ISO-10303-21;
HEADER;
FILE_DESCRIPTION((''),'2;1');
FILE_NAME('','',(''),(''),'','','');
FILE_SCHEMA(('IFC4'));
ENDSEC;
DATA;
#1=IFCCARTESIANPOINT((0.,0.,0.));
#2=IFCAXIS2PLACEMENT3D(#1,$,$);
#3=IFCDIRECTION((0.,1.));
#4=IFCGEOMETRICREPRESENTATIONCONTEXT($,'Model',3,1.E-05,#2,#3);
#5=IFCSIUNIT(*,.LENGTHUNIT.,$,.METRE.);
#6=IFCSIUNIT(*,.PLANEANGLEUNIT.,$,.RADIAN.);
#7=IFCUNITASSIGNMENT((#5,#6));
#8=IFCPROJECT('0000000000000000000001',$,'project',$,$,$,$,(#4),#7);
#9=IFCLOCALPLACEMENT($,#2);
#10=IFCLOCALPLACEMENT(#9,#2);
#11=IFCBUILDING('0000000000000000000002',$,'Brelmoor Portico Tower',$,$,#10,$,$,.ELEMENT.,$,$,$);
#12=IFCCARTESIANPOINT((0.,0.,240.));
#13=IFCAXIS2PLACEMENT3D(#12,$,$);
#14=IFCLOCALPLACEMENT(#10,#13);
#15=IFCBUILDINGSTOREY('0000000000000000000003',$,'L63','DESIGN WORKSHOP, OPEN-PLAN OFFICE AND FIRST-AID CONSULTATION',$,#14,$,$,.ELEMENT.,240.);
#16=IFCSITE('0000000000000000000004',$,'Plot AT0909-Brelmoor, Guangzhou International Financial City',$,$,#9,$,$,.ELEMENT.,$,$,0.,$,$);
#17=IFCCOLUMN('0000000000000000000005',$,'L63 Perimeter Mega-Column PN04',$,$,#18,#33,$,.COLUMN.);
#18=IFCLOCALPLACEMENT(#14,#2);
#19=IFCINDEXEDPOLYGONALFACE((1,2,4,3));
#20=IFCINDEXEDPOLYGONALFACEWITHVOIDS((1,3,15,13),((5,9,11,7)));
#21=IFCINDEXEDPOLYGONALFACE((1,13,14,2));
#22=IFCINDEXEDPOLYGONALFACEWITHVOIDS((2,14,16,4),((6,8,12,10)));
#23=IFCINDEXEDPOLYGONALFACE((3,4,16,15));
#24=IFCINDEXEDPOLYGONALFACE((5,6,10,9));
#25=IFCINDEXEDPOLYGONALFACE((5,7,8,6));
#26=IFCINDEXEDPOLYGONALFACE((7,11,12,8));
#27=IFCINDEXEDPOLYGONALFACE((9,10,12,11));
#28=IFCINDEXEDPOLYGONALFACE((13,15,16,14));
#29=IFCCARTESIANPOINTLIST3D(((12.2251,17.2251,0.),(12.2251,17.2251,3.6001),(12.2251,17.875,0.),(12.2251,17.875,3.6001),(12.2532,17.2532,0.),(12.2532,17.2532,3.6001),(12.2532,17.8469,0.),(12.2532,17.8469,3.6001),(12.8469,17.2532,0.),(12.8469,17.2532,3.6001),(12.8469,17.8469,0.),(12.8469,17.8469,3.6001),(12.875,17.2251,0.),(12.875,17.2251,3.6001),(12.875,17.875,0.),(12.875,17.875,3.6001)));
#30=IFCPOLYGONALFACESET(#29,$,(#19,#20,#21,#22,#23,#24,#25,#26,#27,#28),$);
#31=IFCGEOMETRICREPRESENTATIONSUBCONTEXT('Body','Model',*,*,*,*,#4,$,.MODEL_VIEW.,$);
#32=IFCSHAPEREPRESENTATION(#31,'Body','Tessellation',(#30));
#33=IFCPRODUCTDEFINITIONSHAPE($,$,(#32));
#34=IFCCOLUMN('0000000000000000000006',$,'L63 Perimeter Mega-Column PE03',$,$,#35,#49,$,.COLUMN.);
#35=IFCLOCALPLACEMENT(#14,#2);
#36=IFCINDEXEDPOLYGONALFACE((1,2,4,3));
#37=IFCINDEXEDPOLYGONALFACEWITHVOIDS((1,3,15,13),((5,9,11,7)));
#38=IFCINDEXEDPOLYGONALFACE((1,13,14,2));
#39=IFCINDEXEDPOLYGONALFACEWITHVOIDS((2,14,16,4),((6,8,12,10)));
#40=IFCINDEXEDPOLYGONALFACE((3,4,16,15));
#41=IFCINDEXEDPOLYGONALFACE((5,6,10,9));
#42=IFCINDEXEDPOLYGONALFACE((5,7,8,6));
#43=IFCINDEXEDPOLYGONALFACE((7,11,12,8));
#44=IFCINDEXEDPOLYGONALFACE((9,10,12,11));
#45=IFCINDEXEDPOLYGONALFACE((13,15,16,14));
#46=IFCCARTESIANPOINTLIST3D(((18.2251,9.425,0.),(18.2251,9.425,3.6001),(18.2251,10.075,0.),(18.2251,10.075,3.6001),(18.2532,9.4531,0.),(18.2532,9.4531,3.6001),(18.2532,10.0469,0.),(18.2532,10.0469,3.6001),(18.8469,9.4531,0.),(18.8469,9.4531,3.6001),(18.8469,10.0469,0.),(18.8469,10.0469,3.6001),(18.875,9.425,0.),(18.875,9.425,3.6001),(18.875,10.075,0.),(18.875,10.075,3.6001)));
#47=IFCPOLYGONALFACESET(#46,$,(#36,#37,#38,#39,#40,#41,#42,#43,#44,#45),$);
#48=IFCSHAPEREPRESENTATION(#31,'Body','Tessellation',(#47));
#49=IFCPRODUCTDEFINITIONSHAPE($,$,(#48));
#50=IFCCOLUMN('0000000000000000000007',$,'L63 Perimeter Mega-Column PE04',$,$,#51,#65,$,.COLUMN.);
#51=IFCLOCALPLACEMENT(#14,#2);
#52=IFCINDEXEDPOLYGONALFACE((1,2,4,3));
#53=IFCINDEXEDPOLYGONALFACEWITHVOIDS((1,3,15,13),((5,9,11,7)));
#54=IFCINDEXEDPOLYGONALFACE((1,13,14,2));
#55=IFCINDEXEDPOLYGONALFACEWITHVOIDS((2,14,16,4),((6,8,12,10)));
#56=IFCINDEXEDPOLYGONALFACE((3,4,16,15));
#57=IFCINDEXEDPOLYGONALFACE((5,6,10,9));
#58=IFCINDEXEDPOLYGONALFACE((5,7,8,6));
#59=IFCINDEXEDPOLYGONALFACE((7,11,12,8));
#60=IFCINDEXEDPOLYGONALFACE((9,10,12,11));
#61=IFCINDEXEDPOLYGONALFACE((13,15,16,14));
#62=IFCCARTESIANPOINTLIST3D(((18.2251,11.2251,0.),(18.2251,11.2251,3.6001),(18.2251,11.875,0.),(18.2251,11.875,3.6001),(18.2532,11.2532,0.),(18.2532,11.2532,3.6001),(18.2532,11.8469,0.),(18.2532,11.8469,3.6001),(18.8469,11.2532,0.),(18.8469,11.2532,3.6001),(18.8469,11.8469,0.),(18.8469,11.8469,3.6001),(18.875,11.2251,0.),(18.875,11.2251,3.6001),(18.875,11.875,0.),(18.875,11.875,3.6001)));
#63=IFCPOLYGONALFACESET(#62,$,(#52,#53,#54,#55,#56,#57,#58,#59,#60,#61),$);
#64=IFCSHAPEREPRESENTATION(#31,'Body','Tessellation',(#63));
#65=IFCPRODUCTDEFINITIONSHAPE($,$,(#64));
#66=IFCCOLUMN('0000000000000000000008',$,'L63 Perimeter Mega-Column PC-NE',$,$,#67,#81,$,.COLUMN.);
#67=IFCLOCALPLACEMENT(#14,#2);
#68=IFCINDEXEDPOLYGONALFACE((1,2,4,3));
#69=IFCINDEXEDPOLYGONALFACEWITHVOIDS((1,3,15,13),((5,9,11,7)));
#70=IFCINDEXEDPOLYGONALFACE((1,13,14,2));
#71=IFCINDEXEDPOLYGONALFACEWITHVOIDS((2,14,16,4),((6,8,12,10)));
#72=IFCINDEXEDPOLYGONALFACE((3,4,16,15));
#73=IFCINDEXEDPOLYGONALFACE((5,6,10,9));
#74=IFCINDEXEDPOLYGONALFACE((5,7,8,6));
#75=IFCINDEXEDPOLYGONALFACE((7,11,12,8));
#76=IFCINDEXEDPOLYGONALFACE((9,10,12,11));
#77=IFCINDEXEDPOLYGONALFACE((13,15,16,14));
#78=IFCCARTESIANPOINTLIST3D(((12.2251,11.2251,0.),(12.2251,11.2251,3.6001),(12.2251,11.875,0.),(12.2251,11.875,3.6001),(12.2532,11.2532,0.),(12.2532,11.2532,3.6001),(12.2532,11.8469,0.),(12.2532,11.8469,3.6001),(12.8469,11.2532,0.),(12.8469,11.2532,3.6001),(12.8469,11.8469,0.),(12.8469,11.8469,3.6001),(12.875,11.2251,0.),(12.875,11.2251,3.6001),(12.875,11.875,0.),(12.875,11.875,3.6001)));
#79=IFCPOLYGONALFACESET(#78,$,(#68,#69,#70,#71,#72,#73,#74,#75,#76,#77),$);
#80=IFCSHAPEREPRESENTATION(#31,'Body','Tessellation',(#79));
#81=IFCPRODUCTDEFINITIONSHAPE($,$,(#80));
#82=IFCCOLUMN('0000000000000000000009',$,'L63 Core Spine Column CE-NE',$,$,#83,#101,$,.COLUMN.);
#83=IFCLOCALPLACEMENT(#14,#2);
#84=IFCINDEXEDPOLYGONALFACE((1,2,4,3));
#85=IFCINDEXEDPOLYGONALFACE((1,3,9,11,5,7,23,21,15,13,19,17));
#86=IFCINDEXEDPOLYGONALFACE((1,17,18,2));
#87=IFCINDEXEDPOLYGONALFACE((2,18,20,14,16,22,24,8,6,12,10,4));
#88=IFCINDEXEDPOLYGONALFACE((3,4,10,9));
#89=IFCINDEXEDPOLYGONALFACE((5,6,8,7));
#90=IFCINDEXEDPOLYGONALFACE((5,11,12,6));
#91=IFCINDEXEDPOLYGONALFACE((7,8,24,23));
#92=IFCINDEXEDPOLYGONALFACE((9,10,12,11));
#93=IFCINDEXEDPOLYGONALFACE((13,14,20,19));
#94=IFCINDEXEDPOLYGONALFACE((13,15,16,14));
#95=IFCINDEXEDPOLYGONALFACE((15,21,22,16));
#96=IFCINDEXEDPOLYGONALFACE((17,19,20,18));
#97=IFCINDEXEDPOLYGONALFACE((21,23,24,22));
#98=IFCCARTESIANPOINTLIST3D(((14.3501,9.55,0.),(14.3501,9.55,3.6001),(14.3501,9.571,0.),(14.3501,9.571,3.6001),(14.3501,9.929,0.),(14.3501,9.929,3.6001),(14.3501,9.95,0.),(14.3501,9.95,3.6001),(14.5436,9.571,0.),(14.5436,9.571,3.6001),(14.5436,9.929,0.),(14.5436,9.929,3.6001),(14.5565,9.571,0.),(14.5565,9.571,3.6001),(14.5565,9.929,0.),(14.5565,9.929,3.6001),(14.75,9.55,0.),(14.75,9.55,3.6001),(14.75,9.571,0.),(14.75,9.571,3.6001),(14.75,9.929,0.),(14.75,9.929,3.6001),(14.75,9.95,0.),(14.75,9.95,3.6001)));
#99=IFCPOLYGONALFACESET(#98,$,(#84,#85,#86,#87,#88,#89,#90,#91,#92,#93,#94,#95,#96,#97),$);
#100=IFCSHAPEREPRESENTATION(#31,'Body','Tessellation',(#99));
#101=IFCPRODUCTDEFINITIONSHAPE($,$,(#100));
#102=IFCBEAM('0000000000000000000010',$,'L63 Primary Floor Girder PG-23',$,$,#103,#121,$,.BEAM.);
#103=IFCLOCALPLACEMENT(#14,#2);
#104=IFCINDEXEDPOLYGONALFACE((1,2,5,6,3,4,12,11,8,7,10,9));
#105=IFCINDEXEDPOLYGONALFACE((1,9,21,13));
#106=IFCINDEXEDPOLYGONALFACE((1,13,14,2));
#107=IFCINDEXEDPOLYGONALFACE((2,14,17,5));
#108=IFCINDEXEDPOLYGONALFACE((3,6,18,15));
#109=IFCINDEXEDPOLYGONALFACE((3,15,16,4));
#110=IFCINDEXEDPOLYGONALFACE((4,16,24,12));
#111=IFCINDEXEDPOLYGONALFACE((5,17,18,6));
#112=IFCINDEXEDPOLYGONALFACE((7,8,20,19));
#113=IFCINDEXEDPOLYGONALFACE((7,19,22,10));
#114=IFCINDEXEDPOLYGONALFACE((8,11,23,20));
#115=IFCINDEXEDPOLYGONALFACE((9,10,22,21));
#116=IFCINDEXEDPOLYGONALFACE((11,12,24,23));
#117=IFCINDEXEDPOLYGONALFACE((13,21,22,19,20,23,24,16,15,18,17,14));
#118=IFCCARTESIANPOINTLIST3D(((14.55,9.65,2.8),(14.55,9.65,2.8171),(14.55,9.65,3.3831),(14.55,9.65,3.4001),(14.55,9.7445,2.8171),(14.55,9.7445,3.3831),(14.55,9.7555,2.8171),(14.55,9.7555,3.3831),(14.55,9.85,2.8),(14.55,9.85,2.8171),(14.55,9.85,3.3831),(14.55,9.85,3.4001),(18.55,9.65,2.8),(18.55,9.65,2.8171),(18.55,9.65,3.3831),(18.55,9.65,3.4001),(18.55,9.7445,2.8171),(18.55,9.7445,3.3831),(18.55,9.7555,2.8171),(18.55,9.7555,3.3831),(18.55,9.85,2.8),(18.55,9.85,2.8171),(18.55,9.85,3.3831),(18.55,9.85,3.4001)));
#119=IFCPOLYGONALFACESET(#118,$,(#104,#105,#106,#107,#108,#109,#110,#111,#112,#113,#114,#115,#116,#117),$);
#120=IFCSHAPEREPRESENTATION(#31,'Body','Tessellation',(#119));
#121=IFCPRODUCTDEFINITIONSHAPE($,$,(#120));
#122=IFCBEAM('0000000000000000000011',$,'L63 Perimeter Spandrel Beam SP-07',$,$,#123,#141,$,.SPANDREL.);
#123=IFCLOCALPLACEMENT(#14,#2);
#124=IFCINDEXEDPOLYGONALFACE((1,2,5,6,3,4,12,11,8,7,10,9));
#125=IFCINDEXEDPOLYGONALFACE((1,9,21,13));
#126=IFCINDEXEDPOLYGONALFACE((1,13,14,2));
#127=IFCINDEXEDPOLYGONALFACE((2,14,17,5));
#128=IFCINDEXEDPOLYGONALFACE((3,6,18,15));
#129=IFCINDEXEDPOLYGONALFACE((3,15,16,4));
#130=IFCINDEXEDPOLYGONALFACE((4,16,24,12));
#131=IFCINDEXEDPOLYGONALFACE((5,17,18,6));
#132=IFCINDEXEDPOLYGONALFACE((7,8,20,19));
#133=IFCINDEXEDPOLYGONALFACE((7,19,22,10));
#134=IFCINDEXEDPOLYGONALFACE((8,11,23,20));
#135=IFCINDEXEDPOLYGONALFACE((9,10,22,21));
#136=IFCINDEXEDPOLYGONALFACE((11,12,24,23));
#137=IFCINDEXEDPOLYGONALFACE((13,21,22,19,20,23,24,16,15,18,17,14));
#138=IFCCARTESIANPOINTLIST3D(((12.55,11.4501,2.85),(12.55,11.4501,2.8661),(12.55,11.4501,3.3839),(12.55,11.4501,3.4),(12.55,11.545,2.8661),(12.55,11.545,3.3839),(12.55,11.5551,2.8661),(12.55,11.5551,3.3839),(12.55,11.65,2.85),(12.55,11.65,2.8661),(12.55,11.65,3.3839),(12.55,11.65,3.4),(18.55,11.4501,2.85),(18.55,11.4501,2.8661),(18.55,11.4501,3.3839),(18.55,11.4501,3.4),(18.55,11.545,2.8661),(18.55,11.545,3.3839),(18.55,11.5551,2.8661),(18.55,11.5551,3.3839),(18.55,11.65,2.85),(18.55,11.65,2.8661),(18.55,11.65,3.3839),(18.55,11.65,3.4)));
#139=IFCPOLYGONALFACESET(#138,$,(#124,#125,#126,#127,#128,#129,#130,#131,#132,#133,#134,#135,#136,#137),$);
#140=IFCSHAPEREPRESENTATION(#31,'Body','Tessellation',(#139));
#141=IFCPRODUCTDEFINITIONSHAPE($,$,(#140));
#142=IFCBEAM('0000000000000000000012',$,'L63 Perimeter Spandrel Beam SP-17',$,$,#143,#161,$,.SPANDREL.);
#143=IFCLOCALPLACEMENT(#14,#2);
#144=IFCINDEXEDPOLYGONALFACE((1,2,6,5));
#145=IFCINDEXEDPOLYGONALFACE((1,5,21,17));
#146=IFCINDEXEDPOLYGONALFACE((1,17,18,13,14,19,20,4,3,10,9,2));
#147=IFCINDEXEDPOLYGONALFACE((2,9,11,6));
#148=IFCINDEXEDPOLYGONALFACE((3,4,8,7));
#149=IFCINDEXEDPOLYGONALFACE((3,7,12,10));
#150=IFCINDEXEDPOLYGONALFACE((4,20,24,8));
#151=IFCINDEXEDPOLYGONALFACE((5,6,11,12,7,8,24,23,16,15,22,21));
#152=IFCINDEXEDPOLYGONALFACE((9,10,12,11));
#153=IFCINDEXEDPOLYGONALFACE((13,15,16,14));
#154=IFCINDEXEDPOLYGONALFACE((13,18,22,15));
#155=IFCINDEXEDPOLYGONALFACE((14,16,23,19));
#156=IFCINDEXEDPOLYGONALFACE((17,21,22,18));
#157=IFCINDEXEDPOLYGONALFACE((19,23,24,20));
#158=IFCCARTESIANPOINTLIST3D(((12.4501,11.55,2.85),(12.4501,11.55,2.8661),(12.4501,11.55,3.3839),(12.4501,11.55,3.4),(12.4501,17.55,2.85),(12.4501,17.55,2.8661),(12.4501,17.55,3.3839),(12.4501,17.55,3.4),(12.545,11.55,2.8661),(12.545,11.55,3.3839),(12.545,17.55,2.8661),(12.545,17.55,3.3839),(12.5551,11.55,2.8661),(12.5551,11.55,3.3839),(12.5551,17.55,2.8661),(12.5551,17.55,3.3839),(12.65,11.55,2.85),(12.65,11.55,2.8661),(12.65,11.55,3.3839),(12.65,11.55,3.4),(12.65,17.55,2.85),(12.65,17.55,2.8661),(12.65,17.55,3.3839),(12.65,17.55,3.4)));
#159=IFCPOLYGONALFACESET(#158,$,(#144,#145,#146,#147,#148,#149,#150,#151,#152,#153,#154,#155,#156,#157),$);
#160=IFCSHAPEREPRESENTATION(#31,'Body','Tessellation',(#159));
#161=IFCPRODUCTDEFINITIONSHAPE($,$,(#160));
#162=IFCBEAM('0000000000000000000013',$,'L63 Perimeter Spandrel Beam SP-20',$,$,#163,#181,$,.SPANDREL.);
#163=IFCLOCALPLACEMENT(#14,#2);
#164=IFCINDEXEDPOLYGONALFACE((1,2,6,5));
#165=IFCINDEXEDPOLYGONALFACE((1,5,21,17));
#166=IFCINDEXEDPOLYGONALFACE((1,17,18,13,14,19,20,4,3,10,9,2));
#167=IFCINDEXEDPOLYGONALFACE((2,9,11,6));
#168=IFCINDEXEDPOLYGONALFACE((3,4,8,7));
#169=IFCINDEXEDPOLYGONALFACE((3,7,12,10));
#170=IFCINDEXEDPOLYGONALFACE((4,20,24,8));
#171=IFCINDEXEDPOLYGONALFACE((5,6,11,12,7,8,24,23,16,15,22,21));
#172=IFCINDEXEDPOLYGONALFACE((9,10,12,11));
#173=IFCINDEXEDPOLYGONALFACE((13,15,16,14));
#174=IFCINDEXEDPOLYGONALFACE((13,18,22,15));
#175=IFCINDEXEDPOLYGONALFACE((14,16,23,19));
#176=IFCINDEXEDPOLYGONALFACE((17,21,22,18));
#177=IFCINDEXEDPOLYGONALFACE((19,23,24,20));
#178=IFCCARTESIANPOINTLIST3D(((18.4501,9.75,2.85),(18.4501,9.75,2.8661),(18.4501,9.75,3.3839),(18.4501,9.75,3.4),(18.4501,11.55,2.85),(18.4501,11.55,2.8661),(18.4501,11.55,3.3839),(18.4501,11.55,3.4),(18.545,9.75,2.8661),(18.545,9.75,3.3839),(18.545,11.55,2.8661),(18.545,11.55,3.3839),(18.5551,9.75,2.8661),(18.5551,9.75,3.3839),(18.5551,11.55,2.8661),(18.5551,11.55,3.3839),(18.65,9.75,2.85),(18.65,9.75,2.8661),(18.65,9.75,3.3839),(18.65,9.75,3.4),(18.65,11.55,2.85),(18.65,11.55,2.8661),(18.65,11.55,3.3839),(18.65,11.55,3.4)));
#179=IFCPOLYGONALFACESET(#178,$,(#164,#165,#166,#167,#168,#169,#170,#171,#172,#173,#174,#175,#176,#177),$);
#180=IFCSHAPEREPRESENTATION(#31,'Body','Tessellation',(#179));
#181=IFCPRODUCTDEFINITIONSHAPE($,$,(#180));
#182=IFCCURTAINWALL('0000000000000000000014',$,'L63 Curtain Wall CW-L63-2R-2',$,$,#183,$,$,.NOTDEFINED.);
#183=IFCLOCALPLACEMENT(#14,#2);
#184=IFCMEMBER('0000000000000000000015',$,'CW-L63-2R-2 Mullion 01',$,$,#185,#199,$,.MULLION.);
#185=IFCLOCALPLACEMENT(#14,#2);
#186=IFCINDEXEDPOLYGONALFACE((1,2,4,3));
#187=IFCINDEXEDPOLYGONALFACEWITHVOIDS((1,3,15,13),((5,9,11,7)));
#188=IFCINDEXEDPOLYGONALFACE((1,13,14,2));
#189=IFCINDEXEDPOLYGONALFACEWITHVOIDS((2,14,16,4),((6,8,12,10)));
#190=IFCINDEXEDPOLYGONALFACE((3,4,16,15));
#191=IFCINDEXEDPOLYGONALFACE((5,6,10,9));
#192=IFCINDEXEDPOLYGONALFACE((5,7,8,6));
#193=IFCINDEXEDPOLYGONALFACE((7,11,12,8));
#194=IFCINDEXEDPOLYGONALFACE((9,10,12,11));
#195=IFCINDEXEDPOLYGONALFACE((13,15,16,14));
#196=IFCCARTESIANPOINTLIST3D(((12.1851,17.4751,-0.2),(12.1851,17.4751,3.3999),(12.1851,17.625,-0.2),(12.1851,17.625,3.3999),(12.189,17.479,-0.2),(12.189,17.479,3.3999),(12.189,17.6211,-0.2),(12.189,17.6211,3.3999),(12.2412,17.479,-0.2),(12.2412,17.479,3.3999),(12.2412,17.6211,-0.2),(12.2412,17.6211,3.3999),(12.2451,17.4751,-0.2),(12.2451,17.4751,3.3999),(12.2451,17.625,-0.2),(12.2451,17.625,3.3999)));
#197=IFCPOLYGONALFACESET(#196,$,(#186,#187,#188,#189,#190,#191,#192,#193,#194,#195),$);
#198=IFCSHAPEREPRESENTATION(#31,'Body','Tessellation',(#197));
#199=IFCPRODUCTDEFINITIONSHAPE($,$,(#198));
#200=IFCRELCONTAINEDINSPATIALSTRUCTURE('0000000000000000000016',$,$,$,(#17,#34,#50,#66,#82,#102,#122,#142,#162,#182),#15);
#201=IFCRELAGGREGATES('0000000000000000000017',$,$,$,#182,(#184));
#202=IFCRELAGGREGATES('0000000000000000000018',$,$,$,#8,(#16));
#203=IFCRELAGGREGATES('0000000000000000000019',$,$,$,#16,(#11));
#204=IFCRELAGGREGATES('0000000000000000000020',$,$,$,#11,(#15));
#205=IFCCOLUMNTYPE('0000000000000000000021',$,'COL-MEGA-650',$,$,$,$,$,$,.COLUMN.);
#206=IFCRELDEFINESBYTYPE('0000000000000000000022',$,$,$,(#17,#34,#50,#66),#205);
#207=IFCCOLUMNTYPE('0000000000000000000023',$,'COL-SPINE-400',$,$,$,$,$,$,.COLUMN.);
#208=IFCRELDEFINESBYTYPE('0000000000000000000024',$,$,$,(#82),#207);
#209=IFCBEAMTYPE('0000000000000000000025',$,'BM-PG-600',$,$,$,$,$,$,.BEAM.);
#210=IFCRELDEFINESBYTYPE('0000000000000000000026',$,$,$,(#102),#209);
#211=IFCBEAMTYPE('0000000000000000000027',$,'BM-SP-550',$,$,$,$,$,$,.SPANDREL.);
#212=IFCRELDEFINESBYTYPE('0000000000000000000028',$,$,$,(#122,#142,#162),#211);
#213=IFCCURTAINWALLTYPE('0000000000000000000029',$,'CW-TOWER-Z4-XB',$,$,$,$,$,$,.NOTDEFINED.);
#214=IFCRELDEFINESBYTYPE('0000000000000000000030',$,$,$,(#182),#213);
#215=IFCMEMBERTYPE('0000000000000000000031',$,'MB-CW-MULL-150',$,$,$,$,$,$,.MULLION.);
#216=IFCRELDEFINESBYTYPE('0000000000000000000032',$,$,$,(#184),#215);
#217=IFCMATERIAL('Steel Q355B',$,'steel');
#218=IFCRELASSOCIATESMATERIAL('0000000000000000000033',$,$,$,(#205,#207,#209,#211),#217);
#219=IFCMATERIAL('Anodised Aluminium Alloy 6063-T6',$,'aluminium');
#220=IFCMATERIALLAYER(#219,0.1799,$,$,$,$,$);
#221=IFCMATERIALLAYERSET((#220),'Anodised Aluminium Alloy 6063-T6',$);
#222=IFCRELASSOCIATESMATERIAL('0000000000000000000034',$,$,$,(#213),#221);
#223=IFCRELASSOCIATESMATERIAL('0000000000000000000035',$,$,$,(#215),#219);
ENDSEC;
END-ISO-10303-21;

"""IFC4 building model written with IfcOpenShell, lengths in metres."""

from ifc_helpers import new_model, si_unit, direction, frame, origin, origin_2d, place, context, subcontext, project, spatial, hollow_rectangle, i_section, extrude, material, layer, layer_set, material_profile, profile_set, type_object, element, aggregate, save


model = new_model("IFC4")

# Units and contexts
model_context = context("Model", 3, precision=1e-05, world=origin(), true_north=direction((0.0, 1.0)))
body_context = subcontext(model_context, "Body", "Model", "MODEL_VIEW")
ifc_project = project(units=[si_unit("LENGTHUNIT", "METRE"), si_unit("PLANEANGLEUNIT", "RADIAN")], contexts=[model_context])

# Site, building, storey
site_placement = place(None, origin())
site = spatial("IfcSite", under=ifc_project, at=site_placement, Name="Plot AT0909-Brelmoor, Guangzhou International Financial City", CompositionType="ELEMENT", RefElevation=0.0)
building_placement = place(site_placement, origin())
building = spatial("IfcBuilding", under=site, at=building_placement, Name="Brelmoor Portico Tower", CompositionType="ELEMENT")
storey_placement = place(building_placement, frame((0.0, 0.0, 240.0)))
storey = spatial("IfcBuildingStorey", under=building, at=storey_placement, Name="L63", Description="DESIGN WORKSHOP, OPEN-PLAN OFFICE AND FIRST-AID CONSULTATION", CompositionType="ELEMENT", Elevation=240.0)

# Columns
ifc_material_1 = material(Name="Steel Q355B", Category="steel")
ifc_material_profile_1 = material_profile(ifc_material_1, hollow_rectangle(XDim=0.6499, YDim=0.6499, WallThickness=0.0281, at=origin_2d()), Name="BOX 650x650x28")
ifc_profile_set_1 = profile_set([ifc_material_profile_1], Name="Steel Q355B")
column_type_1 = type_object("IfcColumnType", Name="COL-MEGA-650", PredefinedType="COLUMN", material=ifc_profile_set_1)
for number, where, z_axis, x_axis, name in (
    (1, (12.55, 17.55, 0.0), (0.0, 0.0, 1.0), (1.0, 0.0, 0.0), "L63 Perimeter Mega-Column PN04"),
    (2, (18.55, 9.75, 0.0), (0.0, 0.0, 1.0), (0.0, 1.0, 0.0), "L63 Perimeter Mega-Column PE03"),
    (3, (18.55, 11.55, 0.0), (0.0, 0.0, 1.0), (0.0, 1.0, 0.0), "L63 Perimeter Mega-Column PE04"),
    (4, (12.55, 11.55, 0.0), (0.0, 0.0, 1.0), (1.0, 0.0, 0.0), "L63 Perimeter Mega-Column PC-NE"),
):
    element("IfcColumn", number, at=place(storey_placement, frame(where, z_axis=z_axis, x_axis=x_axis)), inside=storey, type_object=column_type_1, Name=name, PredefinedType="COLUMN", context=body_context, shape_type="SweptSolid", body=[
        extrude(hollow_rectangle(XDim=0.6499, YDim=0.6499, WallThickness=0.0281, at=origin_2d()), origin(), (0.0, 0.0, 1.0), 3.6001),
    ])
ifc_material_profile_2 = material_profile(ifc_material_1, i_section(OverallWidth=0.3999, OverallDepth=0.3999, WebThickness=0.0129, FlangeThickness=0.021, at=origin_2d()), Name="HW 400x400x13x21")
ifc_profile_set_2 = profile_set([ifc_material_profile_2], Name="Steel Q355B")
column_type_2 = type_object("IfcColumnType", Name="COL-SPINE-400", PredefinedType="COLUMN", material=ifc_profile_set_2)
column_placement = place(storey_placement, frame((14.55, 9.75, 0.0), z_axis=(0.0, 0.0, 1.0), x_axis=(1.0, 0.0, 0.0)))
element("IfcColumn", 5, at=column_placement, inside=storey, type_object=column_type_2, Name="L63 Core Spine Column CE-NE", PredefinedType="COLUMN", context=body_context, shape_type="SweptSolid", body=[
    extrude(i_section(OverallWidth=0.3999, OverallDepth=0.3999, WebThickness=0.0129, FlangeThickness=0.021, at=origin_2d()), origin(), (0.0, 0.0, 1.0), 3.6001),
])

# Beams
ifc_material_profile_3 = material_profile(ifc_material_1, i_section(OverallWidth=0.2, OverallDepth=0.6001, WebThickness=0.011, FlangeThickness=0.0171, at=origin_2d()), Name="HN 600x200x11x17")
ifc_profile_set_3 = profile_set([ifc_material_profile_3], Name="Steel Q355B")
beam_type_1 = type_object("IfcBeamType", Name="BM-PG-600", PredefinedType="BEAM", material=ifc_profile_set_3)
beam_1_placement = place(storey_placement, frame((14.55, 9.75, 3.1001), z_axis=(1.0, 0.0, 0.0), x_axis=(0.0, 1.0, 0.0)))
element("IfcBeam", 6, at=beam_1_placement, inside=storey, type_object=beam_type_1, Name="L63 Primary Floor Girder PG-23", PredefinedType="BEAM", context=body_context, shape_type="SweptSolid", body=[
    extrude(i_section(OverallWidth=0.2, OverallDepth=0.6001, WebThickness=0.011, FlangeThickness=0.0171, at=origin_2d()), origin(), (0.0, 0.0, 1.0), 4.0),
])
ifc_material_profile_4 = material_profile(ifc_material_1, i_section(OverallWidth=0.2, OverallDepth=0.55, WebThickness=0.01, FlangeThickness=0.0161, at=origin_2d()), Name="HN 550x200x10x16")
ifc_profile_set_4 = profile_set([ifc_material_profile_4], Name="Steel Q355B")
beam_type_2 = type_object("IfcBeamType", Name="BM-SP-550", PredefinedType="SPANDREL", material=ifc_profile_set_4)
for number, where, z_axis, x_axis, name in (
    (7, (12.55, 11.55, 3.125), (1.0, 0.0, 0.0), (0.0, 1.0, 0.0), "L63 Perimeter Spandrel Beam SP-07"),
    (8, (12.55, 11.55, 3.125), (0.0, 1.0, 0.0), (-1.0, 0.0, 0.0), "L63 Perimeter Spandrel Beam SP-17"),
):
    element("IfcBeam", number, at=place(storey_placement, frame(where, z_axis=z_axis, x_axis=x_axis)), inside=storey, type_object=beam_type_2, Name=name, PredefinedType="SPANDREL", context=body_context, shape_type="SweptSolid", body=[
        extrude(i_section(OverallWidth=0.2, OverallDepth=0.55, WebThickness=0.01, FlangeThickness=0.0161, at=origin_2d()), origin(), (0.0, 0.0, 1.0), 6.0),
    ])
beam_2_placement = place(storey_placement, frame((18.55, 9.75, 3.125), z_axis=(0.0, 1.0, 0.0), x_axis=(-1.0, 0.0, 0.0)))
element("IfcBeam", 9, at=beam_2_placement, inside=storey, type_object=beam_type_2, Name="L63 Perimeter Spandrel Beam SP-20", PredefinedType="SPANDREL", context=body_context, shape_type="SweptSolid", body=[
    extrude(i_section(OverallWidth=0.2, OverallDepth=0.55, WebThickness=0.01, FlangeThickness=0.0161, at=origin_2d()), origin(), (0.0, 0.0, 1.0), 1.8),
])

# Curtain wall, member
ifc_material_2 = material(Name="Anodised Aluminium Alloy 6063-T6", Category="aluminium")
ifc_layer_1 = layer(ifc_material_2, 0.1799)
ifc_layer_set_1 = layer_set([ifc_layer_1], Name="Anodised Aluminium Alloy 6063-T6")
curtain_wall_type_1 = type_object("IfcCurtainWallType", Name="CW-TOWER-Z4-XB", PredefinedType="NOTDEFINED", material=ifc_layer_set_1)
curtain_wall_1_placement = place(storey_placement, origin())
curtain_wall_1 = element("IfcCurtainWall", 10, at=curtain_wall_1_placement, inside=storey, type_object=curtain_wall_type_1, Name="L63 Curtain Wall CW-L63-2R-2", PredefinedType="NOTDEFINED")
ifc_material_profile_5 = material_profile(ifc_material_2, hollow_rectangle(XDim=0.0601, YDim=0.1499, WallThickness=0.0039, at=origin_2d()), Name="ALU MULLION 60x150")
ifc_profile_set_5 = profile_set([ifc_material_profile_5], Name="Anodised Aluminium Alloy 6063-T6")
member_type_1 = type_object("IfcMemberType", Name="MB-CW-MULL-150", PredefinedType="MULLION", material=ifc_profile_set_5)
member_1_placement = place(storey_placement, frame((12.2151, 17.55, -0.2), z_axis=(0.0, 0.0, 1.0), x_axis=(1.0, 0.0, 0.0)))
member_1 = element("IfcMember", 11, at=member_1_placement, type_object=member_type_1, Name="CW-L63-2R-2 Mullion 01", PredefinedType="MULLION", context=body_context, shape_type="SweptSolid", body=[
    extrude(hollow_rectangle(XDim=0.0601, YDim=0.1499, WallThickness=0.0039, at=origin_2d()), origin(), (0.0, 0.0, 1.0), 3.5999),
])
aggregate(curtain_wall_1, [member_1])

save(model, "model.ifc")
